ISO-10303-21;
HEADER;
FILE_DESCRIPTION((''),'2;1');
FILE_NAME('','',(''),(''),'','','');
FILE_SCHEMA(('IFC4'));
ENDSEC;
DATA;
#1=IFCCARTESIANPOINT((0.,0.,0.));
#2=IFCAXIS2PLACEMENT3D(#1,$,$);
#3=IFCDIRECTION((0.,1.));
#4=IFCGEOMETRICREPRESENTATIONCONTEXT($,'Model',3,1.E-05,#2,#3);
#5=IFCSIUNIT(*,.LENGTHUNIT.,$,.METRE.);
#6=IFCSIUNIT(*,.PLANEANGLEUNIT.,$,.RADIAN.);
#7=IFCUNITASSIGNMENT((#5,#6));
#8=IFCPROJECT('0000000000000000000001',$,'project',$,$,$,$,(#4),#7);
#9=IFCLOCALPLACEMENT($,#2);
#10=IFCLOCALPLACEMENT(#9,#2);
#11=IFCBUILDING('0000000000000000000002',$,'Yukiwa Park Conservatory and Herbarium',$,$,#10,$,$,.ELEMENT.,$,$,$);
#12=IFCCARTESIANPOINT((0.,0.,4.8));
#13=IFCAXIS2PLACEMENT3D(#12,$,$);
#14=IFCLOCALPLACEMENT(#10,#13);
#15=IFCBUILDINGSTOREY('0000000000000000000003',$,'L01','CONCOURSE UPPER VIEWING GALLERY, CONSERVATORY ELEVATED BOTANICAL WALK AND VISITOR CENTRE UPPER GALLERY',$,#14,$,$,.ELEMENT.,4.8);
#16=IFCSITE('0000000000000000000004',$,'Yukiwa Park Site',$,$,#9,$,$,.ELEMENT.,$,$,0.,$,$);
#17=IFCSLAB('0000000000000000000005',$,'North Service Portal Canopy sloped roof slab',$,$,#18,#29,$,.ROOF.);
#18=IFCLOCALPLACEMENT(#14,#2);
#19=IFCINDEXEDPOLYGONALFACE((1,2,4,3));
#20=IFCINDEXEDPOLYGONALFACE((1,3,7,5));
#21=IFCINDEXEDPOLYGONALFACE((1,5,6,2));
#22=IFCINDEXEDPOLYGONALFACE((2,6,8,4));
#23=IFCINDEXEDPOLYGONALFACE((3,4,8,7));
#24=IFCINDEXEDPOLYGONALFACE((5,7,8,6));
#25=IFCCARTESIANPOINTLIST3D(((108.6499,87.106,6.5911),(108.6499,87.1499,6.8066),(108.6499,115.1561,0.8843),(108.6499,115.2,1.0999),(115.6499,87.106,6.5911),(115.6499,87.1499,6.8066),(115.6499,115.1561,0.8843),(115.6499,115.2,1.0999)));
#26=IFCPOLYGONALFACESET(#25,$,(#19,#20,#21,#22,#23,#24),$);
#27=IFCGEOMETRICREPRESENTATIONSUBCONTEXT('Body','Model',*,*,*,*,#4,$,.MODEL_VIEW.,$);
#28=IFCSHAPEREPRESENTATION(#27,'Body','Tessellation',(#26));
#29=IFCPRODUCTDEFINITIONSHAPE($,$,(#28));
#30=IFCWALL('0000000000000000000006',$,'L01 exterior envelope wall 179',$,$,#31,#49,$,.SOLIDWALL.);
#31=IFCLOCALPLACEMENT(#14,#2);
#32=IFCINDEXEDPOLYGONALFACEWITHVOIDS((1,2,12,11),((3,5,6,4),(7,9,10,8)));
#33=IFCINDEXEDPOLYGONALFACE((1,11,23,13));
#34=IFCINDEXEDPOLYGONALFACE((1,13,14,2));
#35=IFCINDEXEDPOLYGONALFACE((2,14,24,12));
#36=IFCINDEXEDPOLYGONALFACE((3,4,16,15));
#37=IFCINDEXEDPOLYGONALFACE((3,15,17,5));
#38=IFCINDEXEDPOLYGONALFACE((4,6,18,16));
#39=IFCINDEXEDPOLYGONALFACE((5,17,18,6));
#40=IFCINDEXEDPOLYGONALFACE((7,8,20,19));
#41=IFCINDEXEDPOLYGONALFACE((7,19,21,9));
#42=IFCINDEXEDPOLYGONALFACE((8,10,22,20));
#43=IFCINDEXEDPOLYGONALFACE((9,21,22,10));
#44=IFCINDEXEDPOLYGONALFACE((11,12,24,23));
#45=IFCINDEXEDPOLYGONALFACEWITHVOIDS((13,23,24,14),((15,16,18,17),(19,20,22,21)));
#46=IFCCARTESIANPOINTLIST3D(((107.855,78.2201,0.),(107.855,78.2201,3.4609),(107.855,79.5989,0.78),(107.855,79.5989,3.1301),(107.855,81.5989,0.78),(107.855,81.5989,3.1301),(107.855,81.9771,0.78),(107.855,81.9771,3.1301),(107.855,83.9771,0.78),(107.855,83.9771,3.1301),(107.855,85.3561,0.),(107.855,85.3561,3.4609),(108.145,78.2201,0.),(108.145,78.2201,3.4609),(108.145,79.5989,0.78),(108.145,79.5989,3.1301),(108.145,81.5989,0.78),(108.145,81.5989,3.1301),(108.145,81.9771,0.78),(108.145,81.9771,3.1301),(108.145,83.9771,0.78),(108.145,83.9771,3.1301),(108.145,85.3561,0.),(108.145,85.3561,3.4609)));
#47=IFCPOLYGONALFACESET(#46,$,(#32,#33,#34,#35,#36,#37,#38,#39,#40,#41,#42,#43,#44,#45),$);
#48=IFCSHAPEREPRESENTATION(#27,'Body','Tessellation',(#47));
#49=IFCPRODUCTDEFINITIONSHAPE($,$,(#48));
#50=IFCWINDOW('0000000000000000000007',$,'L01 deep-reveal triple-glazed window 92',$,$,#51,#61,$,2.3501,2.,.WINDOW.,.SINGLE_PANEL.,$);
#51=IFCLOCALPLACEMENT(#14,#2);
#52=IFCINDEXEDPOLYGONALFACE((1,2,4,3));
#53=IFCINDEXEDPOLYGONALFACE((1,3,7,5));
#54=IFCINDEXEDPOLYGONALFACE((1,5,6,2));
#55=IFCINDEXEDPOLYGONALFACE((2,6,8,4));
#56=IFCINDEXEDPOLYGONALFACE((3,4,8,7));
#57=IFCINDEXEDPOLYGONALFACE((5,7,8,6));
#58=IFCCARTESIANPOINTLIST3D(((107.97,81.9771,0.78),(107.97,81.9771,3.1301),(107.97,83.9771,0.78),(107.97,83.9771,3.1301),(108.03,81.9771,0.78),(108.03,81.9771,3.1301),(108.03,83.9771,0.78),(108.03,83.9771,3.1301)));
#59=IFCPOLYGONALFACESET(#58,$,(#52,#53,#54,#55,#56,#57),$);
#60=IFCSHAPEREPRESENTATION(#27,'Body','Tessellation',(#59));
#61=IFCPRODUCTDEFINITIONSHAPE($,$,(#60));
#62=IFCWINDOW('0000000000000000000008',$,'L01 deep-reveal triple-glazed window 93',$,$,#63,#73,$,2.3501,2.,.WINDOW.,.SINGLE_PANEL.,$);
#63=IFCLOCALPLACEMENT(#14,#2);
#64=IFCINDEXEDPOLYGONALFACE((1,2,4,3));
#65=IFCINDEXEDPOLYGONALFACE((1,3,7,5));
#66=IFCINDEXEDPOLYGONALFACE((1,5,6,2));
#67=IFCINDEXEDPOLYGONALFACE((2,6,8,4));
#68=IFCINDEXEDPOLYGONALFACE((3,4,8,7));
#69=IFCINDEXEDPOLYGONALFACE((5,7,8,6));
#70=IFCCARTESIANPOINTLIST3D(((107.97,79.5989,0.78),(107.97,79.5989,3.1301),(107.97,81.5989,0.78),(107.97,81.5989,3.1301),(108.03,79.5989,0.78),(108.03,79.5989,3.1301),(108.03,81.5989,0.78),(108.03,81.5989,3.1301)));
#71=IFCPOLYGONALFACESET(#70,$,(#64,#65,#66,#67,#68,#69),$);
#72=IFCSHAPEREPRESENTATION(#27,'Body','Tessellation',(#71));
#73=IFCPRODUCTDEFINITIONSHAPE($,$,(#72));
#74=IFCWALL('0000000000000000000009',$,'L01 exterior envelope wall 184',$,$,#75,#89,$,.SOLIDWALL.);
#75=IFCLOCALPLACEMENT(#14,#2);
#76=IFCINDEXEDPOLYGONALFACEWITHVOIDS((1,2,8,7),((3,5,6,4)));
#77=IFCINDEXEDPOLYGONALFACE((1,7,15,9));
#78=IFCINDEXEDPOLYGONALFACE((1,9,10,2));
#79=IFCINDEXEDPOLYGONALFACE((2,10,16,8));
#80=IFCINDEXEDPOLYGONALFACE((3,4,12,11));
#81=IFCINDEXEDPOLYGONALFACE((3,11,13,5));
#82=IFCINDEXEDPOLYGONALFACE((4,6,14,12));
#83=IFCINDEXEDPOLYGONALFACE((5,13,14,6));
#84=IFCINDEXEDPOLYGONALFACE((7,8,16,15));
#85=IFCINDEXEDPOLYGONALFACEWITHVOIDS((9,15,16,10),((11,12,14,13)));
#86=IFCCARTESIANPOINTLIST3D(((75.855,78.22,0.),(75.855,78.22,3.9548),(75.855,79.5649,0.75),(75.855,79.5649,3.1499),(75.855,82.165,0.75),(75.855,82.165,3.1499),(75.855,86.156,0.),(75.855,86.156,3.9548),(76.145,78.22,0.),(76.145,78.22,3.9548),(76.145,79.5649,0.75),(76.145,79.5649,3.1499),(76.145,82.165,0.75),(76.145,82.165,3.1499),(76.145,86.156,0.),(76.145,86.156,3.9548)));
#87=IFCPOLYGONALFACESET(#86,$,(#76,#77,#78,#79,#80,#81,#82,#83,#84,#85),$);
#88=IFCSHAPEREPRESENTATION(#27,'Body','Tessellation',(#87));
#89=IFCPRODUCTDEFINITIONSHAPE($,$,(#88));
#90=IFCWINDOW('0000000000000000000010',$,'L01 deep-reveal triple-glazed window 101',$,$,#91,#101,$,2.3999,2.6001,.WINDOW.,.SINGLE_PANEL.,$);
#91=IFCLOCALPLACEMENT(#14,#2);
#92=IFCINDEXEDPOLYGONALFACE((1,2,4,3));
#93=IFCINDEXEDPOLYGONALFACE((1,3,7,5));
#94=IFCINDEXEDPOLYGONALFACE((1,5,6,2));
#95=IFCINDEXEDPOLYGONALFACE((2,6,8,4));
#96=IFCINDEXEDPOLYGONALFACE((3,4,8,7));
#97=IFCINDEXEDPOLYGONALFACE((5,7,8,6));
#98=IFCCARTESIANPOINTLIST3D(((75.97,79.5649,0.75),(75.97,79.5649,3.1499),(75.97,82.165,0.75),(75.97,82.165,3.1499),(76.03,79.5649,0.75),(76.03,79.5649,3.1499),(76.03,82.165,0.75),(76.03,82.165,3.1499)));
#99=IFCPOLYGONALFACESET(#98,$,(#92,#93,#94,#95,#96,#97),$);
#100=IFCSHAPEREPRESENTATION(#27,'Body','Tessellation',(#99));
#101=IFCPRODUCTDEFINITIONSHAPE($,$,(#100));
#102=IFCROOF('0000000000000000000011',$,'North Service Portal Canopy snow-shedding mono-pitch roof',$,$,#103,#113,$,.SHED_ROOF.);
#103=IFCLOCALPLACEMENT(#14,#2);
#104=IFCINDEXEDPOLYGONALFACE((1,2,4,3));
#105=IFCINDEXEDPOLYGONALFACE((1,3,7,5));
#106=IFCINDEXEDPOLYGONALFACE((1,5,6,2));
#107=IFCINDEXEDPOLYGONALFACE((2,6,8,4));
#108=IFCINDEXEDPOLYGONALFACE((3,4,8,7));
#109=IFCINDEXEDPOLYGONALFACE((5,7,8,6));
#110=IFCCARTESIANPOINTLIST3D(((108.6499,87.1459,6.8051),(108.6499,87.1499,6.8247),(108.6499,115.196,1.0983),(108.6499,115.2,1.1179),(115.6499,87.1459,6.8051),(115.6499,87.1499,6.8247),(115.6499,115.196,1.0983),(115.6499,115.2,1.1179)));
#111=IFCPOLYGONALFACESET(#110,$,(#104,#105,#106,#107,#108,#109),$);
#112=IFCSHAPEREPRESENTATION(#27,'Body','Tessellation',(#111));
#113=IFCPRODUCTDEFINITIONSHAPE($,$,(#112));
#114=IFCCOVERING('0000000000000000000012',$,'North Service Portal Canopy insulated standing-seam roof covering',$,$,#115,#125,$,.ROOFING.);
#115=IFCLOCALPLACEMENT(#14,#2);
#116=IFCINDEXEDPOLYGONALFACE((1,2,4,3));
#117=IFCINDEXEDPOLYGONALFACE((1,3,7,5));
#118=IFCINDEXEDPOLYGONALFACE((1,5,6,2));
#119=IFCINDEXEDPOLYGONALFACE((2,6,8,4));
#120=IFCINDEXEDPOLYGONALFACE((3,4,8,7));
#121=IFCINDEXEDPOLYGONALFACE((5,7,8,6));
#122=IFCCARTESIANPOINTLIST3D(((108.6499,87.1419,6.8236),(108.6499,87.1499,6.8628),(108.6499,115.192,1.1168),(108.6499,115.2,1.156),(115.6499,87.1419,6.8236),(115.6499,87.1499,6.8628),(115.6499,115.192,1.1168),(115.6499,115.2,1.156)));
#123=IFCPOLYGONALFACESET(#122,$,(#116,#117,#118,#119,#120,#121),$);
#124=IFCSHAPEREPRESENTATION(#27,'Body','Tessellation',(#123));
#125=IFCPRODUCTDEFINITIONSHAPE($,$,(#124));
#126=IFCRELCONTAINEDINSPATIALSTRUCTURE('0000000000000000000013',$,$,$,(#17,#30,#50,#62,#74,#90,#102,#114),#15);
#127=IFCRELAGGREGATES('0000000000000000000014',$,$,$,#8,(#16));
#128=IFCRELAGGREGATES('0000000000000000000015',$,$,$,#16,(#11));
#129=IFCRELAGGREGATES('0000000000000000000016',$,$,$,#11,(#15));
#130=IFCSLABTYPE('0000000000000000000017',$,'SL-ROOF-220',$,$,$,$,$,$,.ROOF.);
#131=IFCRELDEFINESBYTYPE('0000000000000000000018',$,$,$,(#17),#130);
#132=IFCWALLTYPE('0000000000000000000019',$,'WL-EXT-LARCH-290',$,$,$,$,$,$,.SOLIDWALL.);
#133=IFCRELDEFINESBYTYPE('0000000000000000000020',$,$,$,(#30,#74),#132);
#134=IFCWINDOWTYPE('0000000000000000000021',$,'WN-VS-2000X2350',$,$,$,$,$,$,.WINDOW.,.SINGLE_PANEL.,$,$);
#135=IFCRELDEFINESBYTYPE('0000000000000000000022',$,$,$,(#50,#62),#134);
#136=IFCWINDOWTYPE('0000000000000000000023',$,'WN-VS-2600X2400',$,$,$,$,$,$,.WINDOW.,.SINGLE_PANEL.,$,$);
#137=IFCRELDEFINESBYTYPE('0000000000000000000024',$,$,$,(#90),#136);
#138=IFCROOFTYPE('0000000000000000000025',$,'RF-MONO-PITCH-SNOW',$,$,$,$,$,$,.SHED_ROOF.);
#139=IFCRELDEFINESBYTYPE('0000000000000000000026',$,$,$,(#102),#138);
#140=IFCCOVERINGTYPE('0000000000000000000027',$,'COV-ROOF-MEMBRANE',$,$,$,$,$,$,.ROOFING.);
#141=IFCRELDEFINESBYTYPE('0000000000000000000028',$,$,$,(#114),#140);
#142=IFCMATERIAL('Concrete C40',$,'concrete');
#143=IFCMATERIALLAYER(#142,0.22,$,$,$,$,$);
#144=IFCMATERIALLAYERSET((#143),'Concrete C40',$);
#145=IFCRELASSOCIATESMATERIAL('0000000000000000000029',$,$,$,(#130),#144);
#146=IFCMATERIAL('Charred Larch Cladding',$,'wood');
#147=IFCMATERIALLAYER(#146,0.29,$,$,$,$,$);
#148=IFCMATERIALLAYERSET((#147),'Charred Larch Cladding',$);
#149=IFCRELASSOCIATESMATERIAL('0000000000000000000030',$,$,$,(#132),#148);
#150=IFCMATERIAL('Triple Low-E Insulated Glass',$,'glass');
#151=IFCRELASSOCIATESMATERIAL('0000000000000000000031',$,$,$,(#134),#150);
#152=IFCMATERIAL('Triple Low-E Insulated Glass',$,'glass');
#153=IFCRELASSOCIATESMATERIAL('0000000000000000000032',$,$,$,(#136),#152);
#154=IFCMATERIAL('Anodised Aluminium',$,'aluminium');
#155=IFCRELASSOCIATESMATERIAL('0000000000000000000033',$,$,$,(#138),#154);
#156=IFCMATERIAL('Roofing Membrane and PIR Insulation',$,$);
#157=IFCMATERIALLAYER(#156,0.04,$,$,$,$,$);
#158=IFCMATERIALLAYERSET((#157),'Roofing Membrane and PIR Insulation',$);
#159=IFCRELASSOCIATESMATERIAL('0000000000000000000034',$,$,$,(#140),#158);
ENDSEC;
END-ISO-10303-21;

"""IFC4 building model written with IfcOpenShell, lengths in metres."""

from ifc_helpers import new_model, si_unit, direction, frame, frame_2d, origin, place, context, subcontext, project, spatial, polyline, rectangle, outline, extrude, material, layer, layer_set, type_object, element, fill, save


model = new_model("IFC4")

# Units and contexts
model_context = context("Model", 3, precision=1e-05, world=origin(), true_north=direction((0.0, 1.0)))
body_context = subcontext(model_context, "Body", "Model", "MODEL_VIEW")
ifc_project = project(units=[si_unit("LENGTHUNIT", "METRE"), si_unit("PLANEANGLEUNIT", "RADIAN")], contexts=[model_context])

# Site, building, storey
site_placement = place(None, origin())
site = spatial("IfcSite", under=ifc_project, at=site_placement, Name="Yukiwa Park Site", CompositionType="ELEMENT", RefElevation=0.0)
building_placement = place(site_placement, origin())
building = spatial("IfcBuilding", under=site, at=building_placement, Name="Yukiwa Park Conservatory and Herbarium", CompositionType="ELEMENT")
storey_placement = place(building_placement, frame((0.0, 0.0, 4.8)))
storey = spatial("IfcBuildingStorey", under=building, at=storey_placement, Name="L01", Description="CONCOURSE UPPER VIEWING GALLERY, CONSERVATORY ELEVATED BOTANICAL WALK AND VISITOR CENTRE UPPER GALLERY", CompositionType="ELEMENT", Elevation=4.8)

# Slab
ifc_material_1 = material(Name="Concrete C40", Category="concrete")
ifc_layer_1 = layer(ifc_material_1, 0.22)
ifc_layer_set_1 = layer_set([ifc_layer_1], Name="Concrete C40")
slab_type = type_object("IfcSlabType", Name="SL-ROOF-220", PredefinedType="ROOF", material=ifc_layer_set_1)
slab_placement = place(storey_placement, frame((108.6499, 87.1499, 6.8066), z_axis=(0.0, 0.199366, 0.979925), x_axis=(1.0, 0.0, 0.0)))
element("IfcSlab", 1, at=slab_placement, inside=storey, type_object=slab_type, Name="North Service Portal Canopy sloped roof slab", PredefinedType="ROOF", context=body_context, shape_type="SweptSolid", body=[
    extrude(outline(polyline([(0.0, 0.0), (7.0, 0.0), (7.0, 28.6247), (0.0, 28.6247), (0.0, 0.0)])), origin(), (0.0, 0.0, -1.0), 0.22),
])

# Wall, openings, windows
ifc_material_2 = material(Name="Charred Larch Cladding", Category="wood")
ifc_layer_2 = layer(ifc_material_2, 0.29)
ifc_layer_set_2 = layer_set([ifc_layer_2], Name="Charred Larch Cladding")
wall_type = type_object("IfcWallType", Name="WL-EXT-LARCH-290", PredefinedType="SOLIDWALL", material=ifc_layer_set_2)
wall_1_placement = place(storey_placement, frame((108.0, 85.356, 0.0), z_axis=(0.0, 0.0, 1.0), x_axis=(0.0, -1.0, 0.0)))
wall_1 = element("IfcWall", 2, at=wall_1_placement, inside=storey, type_object=wall_type, Name="L01 exterior envelope wall 179", PredefinedType="SOLIDWALL", context=body_context, shape_type="SweptSolid", body=[
    extrude(rectangle(XDim=7.136, YDim=0.29, at=frame_2d((3.5679, 0.0))), origin(), (0.0, 0.0, 1.0), 3.4609),
])
opening_1_placement = place(wall_1_placement, frame((1.3789, 0.0, 0.78)))
opening_1 = element("IfcOpeningElement", 3, at=opening_1_placement, cuts=wall_1, PredefinedType="OPENING", context=body_context, shape_type="SweptSolid", body=[
    extrude(rectangle(XDim=2.0, YDim=2.3501, at=frame_2d((1.0, 1.175))), frame((0.0, 0.155, 0.0), z_axis=(0.0, -1.0, 0.0), x_axis=(1.0, 0.0, 0.0)), (0.0, 0.0, 1.0), 0.3101),
])
opening_2_placement = place(wall_1_placement, frame((3.7571, 0.0, 0.78)))
opening_2 = element("IfcOpeningElement", 4, at=opening_2_placement, cuts=wall_1, PredefinedType="OPENING", context=body_context, shape_type="SweptSolid", body=[
    extrude(rectangle(XDim=2.0, YDim=2.3501, at=frame_2d((1.0, 1.175))), frame((0.0, 0.155, 0.0), z_axis=(0.0, -1.0, 0.0), x_axis=(1.0, 0.0, 0.0)), (0.0, 0.0, 1.0), 0.3101),
])
ifc_material_3 = material(Name="Triple Low-E Insulated Glass", Category="glass")
window_type_1 = type_object("IfcWindowType", Name="WN-VS-2000X2350", PartitioningType="SINGLE_PANEL", PredefinedType="WINDOW", material=ifc_material_3)
window_1_placement = place(opening_1_placement, origin())
window_1 = element("IfcWindow", 5, at=window_1_placement, inside=storey, type_object=window_type_1, Name="L01 deep-reveal triple-glazed window 92", OverallHeight=2.3501, OverallWidth=2.0, PartitioningType="SINGLE_PANEL", PredefinedType="WINDOW", context=body_context, shape_type="SweptSolid", body=[
    extrude(rectangle(XDim=2.0, YDim=2.3501, at=frame_2d((1.0, 1.175))), frame((0.0, 0.03, 0.0), z_axis=(0.0, -1.0, 0.0), x_axis=(1.0, 0.0, 0.0)), (0.0, 0.0, 1.0), 0.0601),
])
fill(opening_1, window_1)
window_2_placement = place(opening_2_placement, origin())
window_2 = element("IfcWindow", 6, at=window_2_placement, inside=storey, type_object=window_type_1, Name="L01 deep-reveal triple-glazed window 93", OverallHeight=2.3501, OverallWidth=2.0, PartitioningType="SINGLE_PANEL", PredefinedType="WINDOW", context=body_context, shape_type="SweptSolid", body=[
    extrude(rectangle(XDim=2.0, YDim=2.3501, at=frame_2d((1.0, 1.175))), frame((0.0, 0.03, 0.0), z_axis=(0.0, -1.0, 0.0), x_axis=(1.0, 0.0, 0.0)), (0.0, 0.0, 1.0), 0.0601),
])
fill(opening_2, window_2)

# Wall, opening, window
wall_2_placement = place(storey_placement, frame((76.0, 78.22, 0.0), z_axis=(0.0, 0.0, 1.0), x_axis=(0.0, 1.0, 0.0)))
wall_2 = element("IfcWall", 7, at=wall_2_placement, inside=storey, type_object=wall_type, Name="L01 exterior envelope wall 184", PredefinedType="SOLIDWALL", context=body_context, shape_type="SweptSolid", body=[
    extrude(rectangle(XDim=7.936, YDim=0.29, at=frame_2d((3.968, 0.0))), origin(), (0.0, 0.0, 1.0), 3.9548),
])
opening_3_placement = place(wall_2_placement, frame((1.345, 0.0, 0.75)))
opening_3 = element("IfcOpeningElement", 8, at=opening_3_placement, cuts=wall_2, PredefinedType="OPENING", context=body_context, shape_type="SweptSolid", body=[
    extrude(rectangle(XDim=2.6001, YDim=2.3999, at=frame_2d((1.3, 1.2))), frame((0.0, 0.155, 0.0), z_axis=(0.0, -1.0, 0.0), x_axis=(1.0, 0.0, 0.0)), (0.0, 0.0, 1.0), 0.3101),
])
ifc_material_4 = material(Name="Triple Low-E Insulated Glass", Category="glass")
window_type_2 = type_object("IfcWindowType", Name="WN-VS-2600X2400", PartitioningType="SINGLE_PANEL", PredefinedType="WINDOW", material=ifc_material_4)
window_3_placement = place(opening_3_placement, origin())
window_3 = element("IfcWindow", 9, at=window_3_placement, inside=storey, type_object=window_type_2, Name="L01 deep-reveal triple-glazed window 101", OverallHeight=2.3999, OverallWidth=2.6001, PartitioningType="SINGLE_PANEL", PredefinedType="WINDOW", context=body_context, shape_type="SweptSolid", body=[
    extrude(rectangle(XDim=2.6001, YDim=2.3999, at=frame_2d((1.3, 1.2))), frame((0.0, 0.03, 0.0), z_axis=(0.0, -1.0, 0.0), x_axis=(1.0, 0.0, 0.0)), (0.0, 0.0, 1.0), 0.0601),
])
fill(opening_3, window_3)

# Roof
ifc_material_5 = material(Name="Anodised Aluminium", Category="aluminium")
roof_type = type_object("IfcRoofType", Name="RF-MONO-PITCH-SNOW", PredefinedType="SHED_ROOF", material=ifc_material_5)
roof_placement = place(storey_placement, frame((108.6499, 87.1499, 6.8247), z_axis=(0.0, 0.199366, 0.979925), x_axis=(1.0, 0.0, 0.0)))
element("IfcRoof", 10, at=roof_placement, inside=storey, type_object=roof_type, Name="North Service Portal Canopy snow-shedding mono-pitch roof", PredefinedType="SHED_ROOF", context=body_context, shape_type="SweptSolid", body=[
    extrude(outline(polyline([(0.0, 0.0), (7.0, 0.0), (7.0, 28.6247), (0.0, 28.6247), (0.0, 0.0)])), origin(), (0.0, 0.0, -1.0), 0.02),
])

# Covering
ifc_material_6 = material(Name="Roofing Membrane and PIR Insulation")
ifc_layer_3 = layer(ifc_material_6, 0.04)
ifc_layer_set_3 = layer_set([ifc_layer_3], Name="Roofing Membrane and PIR Insulation")
covering_type = type_object("IfcCoveringType", Name="COV-ROOF-MEMBRANE", PredefinedType="ROOFING", material=ifc_layer_set_3)
covering_placement = place(storey_placement, frame((108.6499, 87.1499, 6.8628), z_axis=(0.0, 0.199366, 0.979925), x_axis=(1.0, 0.0, 0.0)))
element("IfcCovering", 11, at=covering_placement, inside=storey, type_object=covering_type, Name="North Service Portal Canopy insulated standing-seam roof covering", PredefinedType="ROOFING", context=body_context, shape_type="SweptSolid", body=[
    extrude(outline(polyline([(0.0, 0.0), (7.0, 0.0), (7.0, 28.6247), (0.0, 28.6247), (0.0, 0.0)])), origin(), (0.0, 0.0, -1.0), 0.04),
])

save(model, "model.ifc")
